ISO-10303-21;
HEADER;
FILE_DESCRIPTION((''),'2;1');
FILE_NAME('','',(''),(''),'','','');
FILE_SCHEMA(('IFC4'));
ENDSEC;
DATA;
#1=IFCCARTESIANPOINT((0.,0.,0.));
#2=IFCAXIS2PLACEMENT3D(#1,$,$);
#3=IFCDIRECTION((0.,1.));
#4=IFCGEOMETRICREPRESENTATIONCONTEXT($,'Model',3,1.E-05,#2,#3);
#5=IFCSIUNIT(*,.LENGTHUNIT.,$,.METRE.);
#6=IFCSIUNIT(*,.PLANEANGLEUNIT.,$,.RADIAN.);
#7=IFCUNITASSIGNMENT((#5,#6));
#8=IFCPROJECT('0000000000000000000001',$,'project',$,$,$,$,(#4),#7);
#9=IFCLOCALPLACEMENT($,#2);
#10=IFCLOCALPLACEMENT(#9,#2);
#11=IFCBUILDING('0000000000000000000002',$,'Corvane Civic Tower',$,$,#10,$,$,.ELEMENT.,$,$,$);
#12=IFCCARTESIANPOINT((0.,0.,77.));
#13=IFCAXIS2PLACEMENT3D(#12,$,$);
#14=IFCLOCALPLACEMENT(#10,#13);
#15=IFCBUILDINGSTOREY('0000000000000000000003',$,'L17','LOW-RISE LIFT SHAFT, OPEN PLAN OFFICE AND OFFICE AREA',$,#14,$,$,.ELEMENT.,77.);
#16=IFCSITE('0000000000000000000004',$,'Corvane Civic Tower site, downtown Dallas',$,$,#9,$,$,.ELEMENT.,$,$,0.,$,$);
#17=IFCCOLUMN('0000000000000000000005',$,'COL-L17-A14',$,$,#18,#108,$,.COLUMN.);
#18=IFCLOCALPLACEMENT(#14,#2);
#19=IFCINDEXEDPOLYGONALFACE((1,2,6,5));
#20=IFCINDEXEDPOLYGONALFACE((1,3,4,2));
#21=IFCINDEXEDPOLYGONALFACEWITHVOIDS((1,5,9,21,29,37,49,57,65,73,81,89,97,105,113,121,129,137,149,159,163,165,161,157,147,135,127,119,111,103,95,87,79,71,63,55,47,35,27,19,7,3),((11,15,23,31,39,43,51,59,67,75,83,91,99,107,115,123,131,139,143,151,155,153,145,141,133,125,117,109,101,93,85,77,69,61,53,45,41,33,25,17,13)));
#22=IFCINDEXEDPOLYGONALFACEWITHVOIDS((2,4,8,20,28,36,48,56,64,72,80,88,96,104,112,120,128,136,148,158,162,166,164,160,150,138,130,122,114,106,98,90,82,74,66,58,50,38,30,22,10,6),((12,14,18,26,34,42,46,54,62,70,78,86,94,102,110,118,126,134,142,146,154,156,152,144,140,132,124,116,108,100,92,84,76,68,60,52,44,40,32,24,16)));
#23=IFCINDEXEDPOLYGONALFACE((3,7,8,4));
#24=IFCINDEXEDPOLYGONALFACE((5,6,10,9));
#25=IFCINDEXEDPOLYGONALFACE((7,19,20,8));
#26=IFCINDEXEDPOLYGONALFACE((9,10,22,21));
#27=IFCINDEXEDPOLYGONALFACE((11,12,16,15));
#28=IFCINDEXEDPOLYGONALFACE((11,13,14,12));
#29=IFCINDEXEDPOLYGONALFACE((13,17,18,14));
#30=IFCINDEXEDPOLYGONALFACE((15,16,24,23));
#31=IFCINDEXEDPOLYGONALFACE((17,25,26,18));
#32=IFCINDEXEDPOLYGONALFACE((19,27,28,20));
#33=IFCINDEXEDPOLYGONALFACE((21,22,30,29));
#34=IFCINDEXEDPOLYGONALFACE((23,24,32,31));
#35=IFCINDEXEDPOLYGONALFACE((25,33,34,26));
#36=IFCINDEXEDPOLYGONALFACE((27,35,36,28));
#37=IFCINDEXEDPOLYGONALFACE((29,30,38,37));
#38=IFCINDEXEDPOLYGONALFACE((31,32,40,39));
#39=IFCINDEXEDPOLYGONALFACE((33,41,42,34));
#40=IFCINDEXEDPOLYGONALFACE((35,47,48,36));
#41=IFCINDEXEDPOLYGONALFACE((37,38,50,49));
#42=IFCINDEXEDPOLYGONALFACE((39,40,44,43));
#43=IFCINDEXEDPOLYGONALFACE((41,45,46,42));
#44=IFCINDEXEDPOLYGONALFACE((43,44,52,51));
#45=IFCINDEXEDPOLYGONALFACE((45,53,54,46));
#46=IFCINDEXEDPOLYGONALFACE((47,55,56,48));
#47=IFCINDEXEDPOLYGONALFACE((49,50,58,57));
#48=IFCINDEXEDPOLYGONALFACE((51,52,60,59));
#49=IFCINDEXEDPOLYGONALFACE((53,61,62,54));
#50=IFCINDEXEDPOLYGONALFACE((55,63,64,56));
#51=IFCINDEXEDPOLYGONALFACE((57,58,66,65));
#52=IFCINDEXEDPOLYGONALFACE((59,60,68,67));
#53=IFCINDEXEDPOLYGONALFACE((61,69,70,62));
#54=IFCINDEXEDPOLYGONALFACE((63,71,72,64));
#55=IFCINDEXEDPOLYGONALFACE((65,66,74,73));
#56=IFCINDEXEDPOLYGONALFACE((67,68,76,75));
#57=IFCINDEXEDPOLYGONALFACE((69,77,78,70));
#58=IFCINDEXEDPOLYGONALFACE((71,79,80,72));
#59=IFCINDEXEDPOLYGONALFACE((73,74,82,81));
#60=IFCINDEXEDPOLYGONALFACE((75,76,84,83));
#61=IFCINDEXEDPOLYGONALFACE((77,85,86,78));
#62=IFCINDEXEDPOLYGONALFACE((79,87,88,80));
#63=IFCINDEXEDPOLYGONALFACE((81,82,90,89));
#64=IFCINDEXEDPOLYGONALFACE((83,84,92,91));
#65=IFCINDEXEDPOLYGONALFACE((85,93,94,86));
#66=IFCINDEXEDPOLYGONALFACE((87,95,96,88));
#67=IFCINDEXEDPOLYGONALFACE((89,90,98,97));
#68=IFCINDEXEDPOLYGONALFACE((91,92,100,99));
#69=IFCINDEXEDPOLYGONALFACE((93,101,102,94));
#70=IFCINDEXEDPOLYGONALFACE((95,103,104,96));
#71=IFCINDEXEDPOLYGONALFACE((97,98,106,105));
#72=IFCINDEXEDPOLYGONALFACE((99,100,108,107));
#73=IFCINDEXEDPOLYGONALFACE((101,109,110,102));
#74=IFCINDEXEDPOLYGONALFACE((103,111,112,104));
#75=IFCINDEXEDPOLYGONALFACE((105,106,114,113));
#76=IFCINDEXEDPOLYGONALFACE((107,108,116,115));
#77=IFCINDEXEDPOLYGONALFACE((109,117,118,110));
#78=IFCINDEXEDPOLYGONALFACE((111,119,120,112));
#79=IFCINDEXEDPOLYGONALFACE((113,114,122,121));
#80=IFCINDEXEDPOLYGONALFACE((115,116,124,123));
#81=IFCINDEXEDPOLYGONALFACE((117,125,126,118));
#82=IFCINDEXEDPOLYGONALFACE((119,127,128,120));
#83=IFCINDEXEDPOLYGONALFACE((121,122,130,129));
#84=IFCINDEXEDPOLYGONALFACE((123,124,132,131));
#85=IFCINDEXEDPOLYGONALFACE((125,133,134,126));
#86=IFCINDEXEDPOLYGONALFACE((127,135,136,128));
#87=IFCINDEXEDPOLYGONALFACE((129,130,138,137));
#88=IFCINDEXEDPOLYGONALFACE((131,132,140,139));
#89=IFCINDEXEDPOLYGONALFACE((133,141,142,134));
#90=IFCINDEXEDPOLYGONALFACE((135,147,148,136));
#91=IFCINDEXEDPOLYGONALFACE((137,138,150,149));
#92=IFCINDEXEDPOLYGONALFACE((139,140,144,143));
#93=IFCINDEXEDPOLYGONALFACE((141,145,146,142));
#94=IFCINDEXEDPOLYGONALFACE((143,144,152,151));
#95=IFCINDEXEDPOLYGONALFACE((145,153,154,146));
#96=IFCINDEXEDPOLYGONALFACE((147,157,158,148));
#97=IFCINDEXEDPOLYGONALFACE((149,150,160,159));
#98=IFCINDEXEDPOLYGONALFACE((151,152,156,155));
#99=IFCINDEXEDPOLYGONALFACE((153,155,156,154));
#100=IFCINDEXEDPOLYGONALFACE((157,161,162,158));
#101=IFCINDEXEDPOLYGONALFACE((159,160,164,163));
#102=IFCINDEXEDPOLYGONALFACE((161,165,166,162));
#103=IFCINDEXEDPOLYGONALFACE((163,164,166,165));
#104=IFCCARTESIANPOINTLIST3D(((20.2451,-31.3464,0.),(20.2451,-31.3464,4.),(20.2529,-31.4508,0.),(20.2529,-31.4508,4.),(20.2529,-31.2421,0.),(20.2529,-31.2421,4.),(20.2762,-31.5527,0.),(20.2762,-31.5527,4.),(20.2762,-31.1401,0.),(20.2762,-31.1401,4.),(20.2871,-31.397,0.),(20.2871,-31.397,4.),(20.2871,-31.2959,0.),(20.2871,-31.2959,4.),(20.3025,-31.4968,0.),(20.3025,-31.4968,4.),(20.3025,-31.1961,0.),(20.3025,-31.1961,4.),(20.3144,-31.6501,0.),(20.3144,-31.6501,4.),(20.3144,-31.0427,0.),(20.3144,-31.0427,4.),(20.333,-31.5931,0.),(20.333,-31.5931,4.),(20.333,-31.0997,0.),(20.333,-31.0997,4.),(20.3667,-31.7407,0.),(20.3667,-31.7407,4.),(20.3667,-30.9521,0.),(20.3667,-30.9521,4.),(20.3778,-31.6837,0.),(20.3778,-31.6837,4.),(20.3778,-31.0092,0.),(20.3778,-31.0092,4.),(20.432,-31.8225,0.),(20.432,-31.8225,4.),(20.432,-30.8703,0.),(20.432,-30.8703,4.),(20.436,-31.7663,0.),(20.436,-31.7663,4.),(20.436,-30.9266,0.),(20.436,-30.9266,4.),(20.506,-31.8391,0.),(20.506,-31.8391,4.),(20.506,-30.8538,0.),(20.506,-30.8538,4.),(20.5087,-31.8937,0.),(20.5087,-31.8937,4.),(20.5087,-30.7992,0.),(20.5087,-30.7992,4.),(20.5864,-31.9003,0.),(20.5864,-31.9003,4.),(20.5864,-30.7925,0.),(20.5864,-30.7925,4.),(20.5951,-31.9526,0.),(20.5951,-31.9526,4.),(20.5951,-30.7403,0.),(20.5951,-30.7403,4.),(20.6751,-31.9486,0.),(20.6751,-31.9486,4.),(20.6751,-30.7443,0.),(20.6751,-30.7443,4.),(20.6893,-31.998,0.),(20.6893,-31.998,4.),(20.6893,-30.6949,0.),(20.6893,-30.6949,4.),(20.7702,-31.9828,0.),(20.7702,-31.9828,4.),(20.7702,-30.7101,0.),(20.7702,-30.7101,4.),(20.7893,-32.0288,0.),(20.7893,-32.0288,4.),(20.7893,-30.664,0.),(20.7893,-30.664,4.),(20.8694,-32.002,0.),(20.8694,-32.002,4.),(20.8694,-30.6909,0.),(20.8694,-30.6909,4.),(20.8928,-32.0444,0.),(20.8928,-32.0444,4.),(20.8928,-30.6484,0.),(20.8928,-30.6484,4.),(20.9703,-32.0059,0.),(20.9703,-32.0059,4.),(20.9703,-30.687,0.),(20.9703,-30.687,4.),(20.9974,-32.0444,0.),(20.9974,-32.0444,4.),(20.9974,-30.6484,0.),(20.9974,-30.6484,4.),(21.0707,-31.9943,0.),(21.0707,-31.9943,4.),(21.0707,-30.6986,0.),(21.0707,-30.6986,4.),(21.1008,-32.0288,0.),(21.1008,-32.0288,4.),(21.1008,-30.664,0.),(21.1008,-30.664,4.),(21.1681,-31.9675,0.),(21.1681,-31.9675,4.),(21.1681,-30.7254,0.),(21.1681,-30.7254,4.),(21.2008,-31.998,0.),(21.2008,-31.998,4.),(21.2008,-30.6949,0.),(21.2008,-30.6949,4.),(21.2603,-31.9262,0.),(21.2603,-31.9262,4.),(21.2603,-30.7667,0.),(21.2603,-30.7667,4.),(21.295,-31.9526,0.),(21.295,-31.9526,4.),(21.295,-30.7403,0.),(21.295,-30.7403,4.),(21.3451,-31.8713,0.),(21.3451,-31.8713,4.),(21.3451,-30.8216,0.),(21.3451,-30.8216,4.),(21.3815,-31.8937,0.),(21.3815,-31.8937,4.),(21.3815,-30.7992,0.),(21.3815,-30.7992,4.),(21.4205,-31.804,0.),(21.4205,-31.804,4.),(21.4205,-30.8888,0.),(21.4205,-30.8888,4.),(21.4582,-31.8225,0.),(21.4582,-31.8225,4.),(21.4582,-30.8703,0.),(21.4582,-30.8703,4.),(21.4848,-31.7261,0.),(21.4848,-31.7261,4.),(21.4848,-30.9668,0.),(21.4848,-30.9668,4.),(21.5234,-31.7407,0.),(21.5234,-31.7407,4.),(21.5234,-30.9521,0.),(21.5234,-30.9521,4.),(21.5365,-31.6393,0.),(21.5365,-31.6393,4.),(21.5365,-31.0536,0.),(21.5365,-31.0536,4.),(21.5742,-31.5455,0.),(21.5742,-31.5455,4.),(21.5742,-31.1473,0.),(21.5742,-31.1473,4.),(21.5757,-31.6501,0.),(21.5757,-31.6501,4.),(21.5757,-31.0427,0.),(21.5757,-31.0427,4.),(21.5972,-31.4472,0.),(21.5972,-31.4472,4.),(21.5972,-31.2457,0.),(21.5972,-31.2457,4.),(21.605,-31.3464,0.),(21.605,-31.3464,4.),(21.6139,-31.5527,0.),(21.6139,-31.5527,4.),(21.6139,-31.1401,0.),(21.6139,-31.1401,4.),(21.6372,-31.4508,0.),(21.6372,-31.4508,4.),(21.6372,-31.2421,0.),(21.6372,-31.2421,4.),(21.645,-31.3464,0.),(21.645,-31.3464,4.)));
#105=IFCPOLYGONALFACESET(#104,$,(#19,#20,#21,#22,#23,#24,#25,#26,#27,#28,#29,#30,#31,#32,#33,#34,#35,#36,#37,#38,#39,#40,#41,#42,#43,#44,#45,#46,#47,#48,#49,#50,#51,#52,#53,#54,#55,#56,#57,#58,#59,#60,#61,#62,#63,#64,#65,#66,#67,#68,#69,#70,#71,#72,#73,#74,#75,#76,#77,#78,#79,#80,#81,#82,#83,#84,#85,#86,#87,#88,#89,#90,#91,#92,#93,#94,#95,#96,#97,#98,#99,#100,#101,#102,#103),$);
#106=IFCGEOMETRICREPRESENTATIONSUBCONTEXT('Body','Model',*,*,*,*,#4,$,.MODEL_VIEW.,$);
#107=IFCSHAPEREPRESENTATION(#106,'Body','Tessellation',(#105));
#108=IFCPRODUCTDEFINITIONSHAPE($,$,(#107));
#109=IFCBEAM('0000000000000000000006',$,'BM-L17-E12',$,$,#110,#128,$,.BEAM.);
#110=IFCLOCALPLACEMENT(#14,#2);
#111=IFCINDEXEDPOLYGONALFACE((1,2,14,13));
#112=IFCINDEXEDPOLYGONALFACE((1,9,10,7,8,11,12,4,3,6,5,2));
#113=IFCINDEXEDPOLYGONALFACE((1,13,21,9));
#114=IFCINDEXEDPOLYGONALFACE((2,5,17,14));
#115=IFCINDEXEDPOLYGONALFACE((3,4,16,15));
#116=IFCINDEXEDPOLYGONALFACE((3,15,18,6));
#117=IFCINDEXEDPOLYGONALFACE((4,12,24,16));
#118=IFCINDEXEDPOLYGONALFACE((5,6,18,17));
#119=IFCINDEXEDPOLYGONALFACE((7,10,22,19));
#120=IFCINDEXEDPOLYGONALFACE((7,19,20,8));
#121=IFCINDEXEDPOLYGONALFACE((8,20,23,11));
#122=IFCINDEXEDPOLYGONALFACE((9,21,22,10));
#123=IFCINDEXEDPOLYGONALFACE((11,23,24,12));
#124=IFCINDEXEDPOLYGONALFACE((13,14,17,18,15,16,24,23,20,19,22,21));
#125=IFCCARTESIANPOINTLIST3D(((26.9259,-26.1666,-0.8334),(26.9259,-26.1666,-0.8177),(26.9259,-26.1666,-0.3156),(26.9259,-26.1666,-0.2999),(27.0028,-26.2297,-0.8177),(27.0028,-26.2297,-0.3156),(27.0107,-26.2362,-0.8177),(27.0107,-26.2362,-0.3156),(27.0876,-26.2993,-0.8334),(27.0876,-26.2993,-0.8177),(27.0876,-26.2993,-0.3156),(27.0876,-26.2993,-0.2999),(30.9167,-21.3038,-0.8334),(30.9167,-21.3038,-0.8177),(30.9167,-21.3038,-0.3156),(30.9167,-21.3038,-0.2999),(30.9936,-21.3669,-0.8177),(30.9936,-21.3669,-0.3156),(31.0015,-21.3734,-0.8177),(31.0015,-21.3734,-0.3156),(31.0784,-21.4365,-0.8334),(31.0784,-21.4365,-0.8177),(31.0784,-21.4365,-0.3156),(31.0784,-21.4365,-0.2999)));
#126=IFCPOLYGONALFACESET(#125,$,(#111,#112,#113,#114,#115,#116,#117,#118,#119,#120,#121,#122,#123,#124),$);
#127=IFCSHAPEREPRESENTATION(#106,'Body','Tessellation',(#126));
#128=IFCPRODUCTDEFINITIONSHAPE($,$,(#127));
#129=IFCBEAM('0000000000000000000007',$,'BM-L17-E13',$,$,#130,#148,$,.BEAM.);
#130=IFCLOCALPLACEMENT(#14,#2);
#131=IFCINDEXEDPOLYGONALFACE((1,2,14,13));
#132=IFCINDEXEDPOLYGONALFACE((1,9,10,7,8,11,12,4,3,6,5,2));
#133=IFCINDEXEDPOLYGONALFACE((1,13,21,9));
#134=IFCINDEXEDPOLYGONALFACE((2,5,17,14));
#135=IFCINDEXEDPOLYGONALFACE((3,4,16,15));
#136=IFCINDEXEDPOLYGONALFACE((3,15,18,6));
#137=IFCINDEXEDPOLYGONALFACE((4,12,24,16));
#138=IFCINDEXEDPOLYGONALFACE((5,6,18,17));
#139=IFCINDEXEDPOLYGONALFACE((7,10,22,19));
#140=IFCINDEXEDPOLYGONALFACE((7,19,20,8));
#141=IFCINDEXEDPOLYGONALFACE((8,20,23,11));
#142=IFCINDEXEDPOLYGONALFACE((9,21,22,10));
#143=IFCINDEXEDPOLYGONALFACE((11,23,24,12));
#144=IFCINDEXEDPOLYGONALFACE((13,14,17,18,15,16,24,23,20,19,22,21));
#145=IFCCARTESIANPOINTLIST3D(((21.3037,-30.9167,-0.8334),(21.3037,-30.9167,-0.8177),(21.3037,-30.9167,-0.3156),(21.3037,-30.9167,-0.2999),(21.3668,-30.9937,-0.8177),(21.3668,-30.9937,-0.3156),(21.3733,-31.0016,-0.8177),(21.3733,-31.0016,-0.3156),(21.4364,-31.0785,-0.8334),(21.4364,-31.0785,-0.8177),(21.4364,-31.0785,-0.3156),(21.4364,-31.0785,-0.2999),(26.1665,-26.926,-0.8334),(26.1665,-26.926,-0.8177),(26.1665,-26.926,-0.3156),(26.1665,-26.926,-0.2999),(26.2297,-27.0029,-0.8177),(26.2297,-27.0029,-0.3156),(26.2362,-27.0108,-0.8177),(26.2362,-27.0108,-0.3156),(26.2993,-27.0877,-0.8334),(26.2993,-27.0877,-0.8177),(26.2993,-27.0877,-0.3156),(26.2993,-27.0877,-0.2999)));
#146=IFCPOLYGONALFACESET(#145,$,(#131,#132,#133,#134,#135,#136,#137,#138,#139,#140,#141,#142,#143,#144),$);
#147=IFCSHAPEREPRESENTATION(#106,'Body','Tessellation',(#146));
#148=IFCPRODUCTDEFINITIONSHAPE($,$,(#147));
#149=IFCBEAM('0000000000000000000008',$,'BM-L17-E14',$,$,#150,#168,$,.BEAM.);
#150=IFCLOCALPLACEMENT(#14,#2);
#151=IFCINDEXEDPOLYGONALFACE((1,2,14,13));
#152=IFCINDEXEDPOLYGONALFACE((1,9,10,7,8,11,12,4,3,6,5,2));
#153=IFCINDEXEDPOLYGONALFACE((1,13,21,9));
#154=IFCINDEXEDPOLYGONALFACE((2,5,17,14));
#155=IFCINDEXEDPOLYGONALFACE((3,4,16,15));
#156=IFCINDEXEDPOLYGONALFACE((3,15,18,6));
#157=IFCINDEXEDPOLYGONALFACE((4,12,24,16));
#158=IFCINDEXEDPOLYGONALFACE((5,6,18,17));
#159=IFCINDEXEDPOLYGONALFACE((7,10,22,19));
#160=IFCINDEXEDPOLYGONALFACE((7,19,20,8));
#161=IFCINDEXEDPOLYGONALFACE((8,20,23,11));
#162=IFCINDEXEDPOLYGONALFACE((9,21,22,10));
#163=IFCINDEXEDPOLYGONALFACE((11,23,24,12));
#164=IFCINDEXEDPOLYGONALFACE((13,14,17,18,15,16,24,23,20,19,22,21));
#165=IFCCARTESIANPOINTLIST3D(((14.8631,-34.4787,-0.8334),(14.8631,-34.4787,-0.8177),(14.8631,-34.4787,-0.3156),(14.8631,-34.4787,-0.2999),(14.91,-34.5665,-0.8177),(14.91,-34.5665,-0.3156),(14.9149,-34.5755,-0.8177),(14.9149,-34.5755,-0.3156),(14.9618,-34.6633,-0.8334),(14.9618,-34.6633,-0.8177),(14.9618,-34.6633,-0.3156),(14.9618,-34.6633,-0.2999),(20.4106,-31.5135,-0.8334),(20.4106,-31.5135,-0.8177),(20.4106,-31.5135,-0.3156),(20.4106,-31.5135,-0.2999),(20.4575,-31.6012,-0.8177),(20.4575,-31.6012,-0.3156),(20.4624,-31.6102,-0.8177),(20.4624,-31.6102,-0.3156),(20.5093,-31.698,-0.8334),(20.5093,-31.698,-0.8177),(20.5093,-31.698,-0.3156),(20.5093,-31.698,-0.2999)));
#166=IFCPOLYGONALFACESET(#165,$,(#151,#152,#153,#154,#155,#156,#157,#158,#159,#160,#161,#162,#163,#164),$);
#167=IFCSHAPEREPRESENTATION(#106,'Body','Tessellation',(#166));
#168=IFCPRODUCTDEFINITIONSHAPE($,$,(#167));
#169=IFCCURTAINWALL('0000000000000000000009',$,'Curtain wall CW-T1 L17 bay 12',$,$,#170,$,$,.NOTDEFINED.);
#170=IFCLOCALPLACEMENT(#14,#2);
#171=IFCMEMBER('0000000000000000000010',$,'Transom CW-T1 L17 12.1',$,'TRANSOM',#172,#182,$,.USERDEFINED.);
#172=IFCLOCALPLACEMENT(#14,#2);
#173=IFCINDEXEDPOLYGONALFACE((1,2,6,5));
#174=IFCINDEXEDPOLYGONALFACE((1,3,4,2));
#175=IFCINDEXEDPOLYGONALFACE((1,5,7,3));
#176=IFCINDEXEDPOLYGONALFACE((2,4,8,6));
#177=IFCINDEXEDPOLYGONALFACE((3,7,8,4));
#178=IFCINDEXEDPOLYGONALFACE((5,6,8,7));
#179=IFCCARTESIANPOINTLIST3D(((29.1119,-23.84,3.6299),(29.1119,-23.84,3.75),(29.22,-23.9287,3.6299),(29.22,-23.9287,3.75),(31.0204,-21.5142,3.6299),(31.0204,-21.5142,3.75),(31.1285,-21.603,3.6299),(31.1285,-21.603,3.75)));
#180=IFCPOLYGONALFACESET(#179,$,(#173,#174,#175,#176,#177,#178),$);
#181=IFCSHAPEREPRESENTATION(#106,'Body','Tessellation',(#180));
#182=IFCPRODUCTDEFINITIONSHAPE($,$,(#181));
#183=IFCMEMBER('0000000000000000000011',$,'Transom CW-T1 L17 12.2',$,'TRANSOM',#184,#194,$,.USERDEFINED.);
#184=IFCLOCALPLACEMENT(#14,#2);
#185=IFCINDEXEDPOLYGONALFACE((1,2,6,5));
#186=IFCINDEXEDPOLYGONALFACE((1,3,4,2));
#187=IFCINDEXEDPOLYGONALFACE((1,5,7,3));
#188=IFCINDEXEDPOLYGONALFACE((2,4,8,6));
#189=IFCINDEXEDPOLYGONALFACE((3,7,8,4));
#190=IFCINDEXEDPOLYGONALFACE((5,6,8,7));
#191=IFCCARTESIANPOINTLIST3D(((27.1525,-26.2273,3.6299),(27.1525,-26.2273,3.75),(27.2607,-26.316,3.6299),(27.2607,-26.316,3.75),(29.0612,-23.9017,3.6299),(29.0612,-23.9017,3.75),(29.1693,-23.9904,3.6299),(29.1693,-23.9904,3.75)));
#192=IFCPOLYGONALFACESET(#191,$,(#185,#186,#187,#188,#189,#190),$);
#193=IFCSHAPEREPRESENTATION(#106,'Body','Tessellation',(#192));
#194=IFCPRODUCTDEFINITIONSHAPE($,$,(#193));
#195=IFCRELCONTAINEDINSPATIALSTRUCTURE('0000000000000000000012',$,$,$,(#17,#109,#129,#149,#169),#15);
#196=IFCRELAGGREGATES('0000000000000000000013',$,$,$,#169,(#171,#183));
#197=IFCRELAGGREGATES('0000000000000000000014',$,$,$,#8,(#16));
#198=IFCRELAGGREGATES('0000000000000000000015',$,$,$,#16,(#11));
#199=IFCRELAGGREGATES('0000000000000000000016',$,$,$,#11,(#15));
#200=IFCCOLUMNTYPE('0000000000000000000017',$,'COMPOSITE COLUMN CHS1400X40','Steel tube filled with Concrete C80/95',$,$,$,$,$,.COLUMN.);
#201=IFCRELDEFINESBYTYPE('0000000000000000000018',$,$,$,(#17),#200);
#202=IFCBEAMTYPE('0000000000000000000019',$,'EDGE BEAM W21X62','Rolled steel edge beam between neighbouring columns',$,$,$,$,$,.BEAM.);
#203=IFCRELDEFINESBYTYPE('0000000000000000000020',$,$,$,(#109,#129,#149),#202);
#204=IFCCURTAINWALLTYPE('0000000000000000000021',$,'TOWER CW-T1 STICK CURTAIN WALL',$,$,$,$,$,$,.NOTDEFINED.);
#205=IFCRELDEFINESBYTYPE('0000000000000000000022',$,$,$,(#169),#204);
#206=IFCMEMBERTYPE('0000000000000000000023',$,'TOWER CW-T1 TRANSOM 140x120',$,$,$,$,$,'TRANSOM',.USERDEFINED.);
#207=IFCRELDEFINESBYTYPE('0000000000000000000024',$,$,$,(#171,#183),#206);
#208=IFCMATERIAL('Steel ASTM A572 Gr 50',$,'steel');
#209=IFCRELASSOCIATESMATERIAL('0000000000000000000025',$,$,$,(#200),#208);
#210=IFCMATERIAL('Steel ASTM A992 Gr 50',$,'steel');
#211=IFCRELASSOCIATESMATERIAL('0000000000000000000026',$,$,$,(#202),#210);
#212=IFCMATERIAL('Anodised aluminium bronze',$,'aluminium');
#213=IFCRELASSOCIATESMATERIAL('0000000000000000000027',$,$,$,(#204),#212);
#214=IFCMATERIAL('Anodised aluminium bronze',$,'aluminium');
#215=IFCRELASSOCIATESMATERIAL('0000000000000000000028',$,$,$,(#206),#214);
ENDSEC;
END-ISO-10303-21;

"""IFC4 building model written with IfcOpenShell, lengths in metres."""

from ifc_helpers import new_model, si_unit, direction, frame, origin, origin_2d, place, context, subcontext, project, spatial, rectangle, hollow_circle, i_section, extrude, material, material_profile, profile_set, type_object, element, aggregate, save


model = new_model("IFC4")

# Units and contexts
model_context = context("Model", 3, precision=1e-05, world=origin(), true_north=direction((0.0, 1.0)))
body_context = subcontext(model_context, "Body", "Model", "MODEL_VIEW")
ifc_project = project(units=[si_unit("LENGTHUNIT", "METRE"), si_unit("PLANEANGLEUNIT", "RADIAN")], contexts=[model_context])

# Site, building, storey
site_placement = place(None, origin())
site = spatial("IfcSite", under=ifc_project, at=site_placement, Name="Corvane Civic Tower site, downtown Dallas", CompositionType="ELEMENT", RefElevation=0.0)
building_placement = place(site_placement, origin())
building = spatial("IfcBuilding", under=site, at=building_placement, Name="Corvane Civic Tower", CompositionType="ELEMENT")
storey_placement = place(building_placement, frame((0.0, 0.0, 77.0)))
storey = spatial("IfcBuildingStorey", under=building, at=storey_placement, Name="L17", Description="LOW-RISE LIFT SHAFT, OPEN PLAN OFFICE AND OFFICE AREA", CompositionType="ELEMENT", Elevation=77.0)

# Column
ifc_material_1 = material(Name="Steel ASTM A572 Gr 50", Category="steel")
ifc_material_profile_1 = material_profile(ifc_material_1, hollow_circle(Radius=0.7, WallThickness=0.04, at=origin_2d()), Name="CHS1400X40")
ifc_profile_set_1 = profile_set([ifc_material_profile_1], Name="Steel ASTM A572 Gr 50")
column_type = type_object("IfcColumnType", Name="COMPOSITE COLUMN CHS1400X40", Description="Steel tube filled with Concrete C80/95", PredefinedType="COLUMN", material=ifc_profile_set_1)
for number, where, z_axis, x_axis, name in (
    (1, (20.9451, -31.3464, 0.0), (0.0, 0.0, 1.0), (1.0, 0.0, 0.0), "COL-L17-A14"),
):
    element("IfcColumn", number, at=place(storey_placement, frame(where, z_axis=z_axis, x_axis=x_axis)), inside=storey, type_object=column_type, Name=name, PredefinedType="COLUMN", context=body_context, shape_type="SweptSolid", body=[
        extrude(hollow_circle(Radius=0.7, WallThickness=0.04, at=origin_2d()), origin(), (0.0, 0.0, 1.0), 4.0),
    ])

# Beams
ifc_material_2 = material(Name="Steel ASTM A992 Gr 50", Category="steel")
ifc_material_profile_2 = material_profile(ifc_material_2, i_section(OverallWidth=0.2092, OverallDepth=0.5334, WebThickness=0.0103, FlangeThickness=0.0156, at=origin_2d()), Name="W21X62")
ifc_profile_set_2 = profile_set([ifc_material_profile_2], Name="Steel ASTM A992 Gr 50")
beam_type = type_object("IfcBeamType", Name="EDGE BEAM W21X62", Description="Rolled steel edge beam between neighbouring columns", PredefinedType="BEAM", material=ifc_profile_set_2)
for number, where, z_axis, x_axis, name in (
    (2, (30.9976, -21.3701, -0.5667), (-0.634387, -0.773016, 0.0), (0.773016, -0.634387, 0.0), "BM-L17-E12"),
    (3, (26.2329, -27.0068, -0.5667), (-0.773016, -0.634387, 0.0), (0.634387, -0.773016, 0.0), "BM-L17-E13"),
):
    element("IfcBeam", number, at=place(storey_placement, frame(where, z_axis=z_axis, x_axis=x_axis)), inside=storey, type_object=beam_type, Name=name, PredefinedType="BEAM", context=body_context, shape_type="SweptSolid", body=[
        extrude(i_section(OverallWidth=0.2092, OverallDepth=0.5334, WebThickness=0.0103, FlangeThickness=0.0156, at=origin_2d()), origin(), (0.0, 0.0, 1.0), 6.2908),
    ])
beam_placement = place(storey_placement, frame((20.46, -31.6057, -0.5667), z_axis=(-0.881916, -0.471406, 0.0), x_axis=(0.471406, -0.881916, 0.0)))
element("IfcBeam", 4, at=beam_placement, inside=storey, type_object=beam_type, Name="BM-L17-E14", PredefinedType="BEAM", context=body_context, shape_type="SweptSolid", body=[
    extrude(i_section(OverallWidth=0.2092, OverallDepth=0.5334, WebThickness=0.0103, FlangeThickness=0.0156, at=origin_2d()), origin(), (0.0, 0.0, 1.0), 6.2903),
])

# Curtain wall, members
ifc_material_3 = material(Name="Anodised aluminium bronze", Category="aluminium")
curtain_wall_type = type_object("IfcCurtainWallType", Name="TOWER CW-T1 STICK CURTAIN WALL", PredefinedType="NOTDEFINED", material=ifc_material_3)
curtain_wall_1_placement = place(storey_placement, origin())
curtain_wall_1 = element("IfcCurtainWall", 5, at=curtain_wall_1_placement, inside=storey, type_object=curtain_wall_type, Name="Curtain wall CW-T1 L17 bay 12", PredefinedType="NOTDEFINED")
ifc_material_4 = material(Name="Anodised aluminium bronze", Category="aluminium")
ifc_material_profile_3 = material_profile(ifc_material_4, rectangle(XDim=0.1399, YDim=0.1201, at=origin_2d()), Name="TOWER CW-T1 TRANSOM 140x120")
ifc_profile_set_3 = profile_set([ifc_material_profile_3], Name="Anodised aluminium bronze")
member_type_1 = type_object("IfcMemberType", Name="TOWER CW-T1 TRANSOM 140x120", ElementType="TRANSOM", PredefinedType="USERDEFINED", material=ifc_profile_set_3)
member_1_placement = place(storey_placement, frame((31.0745, -21.5586, 3.6899), z_axis=(-0.634355, -0.773042, 0.0), x_axis=(0.773042, -0.634355, 0.0)))
member_1 = element("IfcMember", 6, at=member_1_placement, type_object=member_type_1, Name="Transom CW-T1 L17 12.1", ObjectType="TRANSOM", PredefinedType="USERDEFINED", context=body_context, shape_type="SweptSolid", body=[
    extrude(rectangle(XDim=0.1399, YDim=0.1201, at=origin_2d()), origin(), (0.0, 0.0, 1.0), 3.0085),
])
member_2_placement = place(storey_placement, frame((29.1152, -23.946, 3.6899), z_axis=(-0.634404, -0.773002, 0.0), x_axis=(0.773002, -0.634404, 0.0)))
member_2 = element("IfcMember", 7, at=member_2_placement, type_object=member_type_1, Name="Transom CW-T1 L17 12.2", ObjectType="TRANSOM", PredefinedType="USERDEFINED", context=body_context, shape_type="SweptSolid", body=[
    extrude(rectangle(XDim=0.1399, YDim=0.1201, at=origin_2d()), origin(), (0.0, 0.0, 1.0), 3.0085),
])

aggregate(curtain_wall_1, [member_1, member_2])

save(model, "model.ifc")
